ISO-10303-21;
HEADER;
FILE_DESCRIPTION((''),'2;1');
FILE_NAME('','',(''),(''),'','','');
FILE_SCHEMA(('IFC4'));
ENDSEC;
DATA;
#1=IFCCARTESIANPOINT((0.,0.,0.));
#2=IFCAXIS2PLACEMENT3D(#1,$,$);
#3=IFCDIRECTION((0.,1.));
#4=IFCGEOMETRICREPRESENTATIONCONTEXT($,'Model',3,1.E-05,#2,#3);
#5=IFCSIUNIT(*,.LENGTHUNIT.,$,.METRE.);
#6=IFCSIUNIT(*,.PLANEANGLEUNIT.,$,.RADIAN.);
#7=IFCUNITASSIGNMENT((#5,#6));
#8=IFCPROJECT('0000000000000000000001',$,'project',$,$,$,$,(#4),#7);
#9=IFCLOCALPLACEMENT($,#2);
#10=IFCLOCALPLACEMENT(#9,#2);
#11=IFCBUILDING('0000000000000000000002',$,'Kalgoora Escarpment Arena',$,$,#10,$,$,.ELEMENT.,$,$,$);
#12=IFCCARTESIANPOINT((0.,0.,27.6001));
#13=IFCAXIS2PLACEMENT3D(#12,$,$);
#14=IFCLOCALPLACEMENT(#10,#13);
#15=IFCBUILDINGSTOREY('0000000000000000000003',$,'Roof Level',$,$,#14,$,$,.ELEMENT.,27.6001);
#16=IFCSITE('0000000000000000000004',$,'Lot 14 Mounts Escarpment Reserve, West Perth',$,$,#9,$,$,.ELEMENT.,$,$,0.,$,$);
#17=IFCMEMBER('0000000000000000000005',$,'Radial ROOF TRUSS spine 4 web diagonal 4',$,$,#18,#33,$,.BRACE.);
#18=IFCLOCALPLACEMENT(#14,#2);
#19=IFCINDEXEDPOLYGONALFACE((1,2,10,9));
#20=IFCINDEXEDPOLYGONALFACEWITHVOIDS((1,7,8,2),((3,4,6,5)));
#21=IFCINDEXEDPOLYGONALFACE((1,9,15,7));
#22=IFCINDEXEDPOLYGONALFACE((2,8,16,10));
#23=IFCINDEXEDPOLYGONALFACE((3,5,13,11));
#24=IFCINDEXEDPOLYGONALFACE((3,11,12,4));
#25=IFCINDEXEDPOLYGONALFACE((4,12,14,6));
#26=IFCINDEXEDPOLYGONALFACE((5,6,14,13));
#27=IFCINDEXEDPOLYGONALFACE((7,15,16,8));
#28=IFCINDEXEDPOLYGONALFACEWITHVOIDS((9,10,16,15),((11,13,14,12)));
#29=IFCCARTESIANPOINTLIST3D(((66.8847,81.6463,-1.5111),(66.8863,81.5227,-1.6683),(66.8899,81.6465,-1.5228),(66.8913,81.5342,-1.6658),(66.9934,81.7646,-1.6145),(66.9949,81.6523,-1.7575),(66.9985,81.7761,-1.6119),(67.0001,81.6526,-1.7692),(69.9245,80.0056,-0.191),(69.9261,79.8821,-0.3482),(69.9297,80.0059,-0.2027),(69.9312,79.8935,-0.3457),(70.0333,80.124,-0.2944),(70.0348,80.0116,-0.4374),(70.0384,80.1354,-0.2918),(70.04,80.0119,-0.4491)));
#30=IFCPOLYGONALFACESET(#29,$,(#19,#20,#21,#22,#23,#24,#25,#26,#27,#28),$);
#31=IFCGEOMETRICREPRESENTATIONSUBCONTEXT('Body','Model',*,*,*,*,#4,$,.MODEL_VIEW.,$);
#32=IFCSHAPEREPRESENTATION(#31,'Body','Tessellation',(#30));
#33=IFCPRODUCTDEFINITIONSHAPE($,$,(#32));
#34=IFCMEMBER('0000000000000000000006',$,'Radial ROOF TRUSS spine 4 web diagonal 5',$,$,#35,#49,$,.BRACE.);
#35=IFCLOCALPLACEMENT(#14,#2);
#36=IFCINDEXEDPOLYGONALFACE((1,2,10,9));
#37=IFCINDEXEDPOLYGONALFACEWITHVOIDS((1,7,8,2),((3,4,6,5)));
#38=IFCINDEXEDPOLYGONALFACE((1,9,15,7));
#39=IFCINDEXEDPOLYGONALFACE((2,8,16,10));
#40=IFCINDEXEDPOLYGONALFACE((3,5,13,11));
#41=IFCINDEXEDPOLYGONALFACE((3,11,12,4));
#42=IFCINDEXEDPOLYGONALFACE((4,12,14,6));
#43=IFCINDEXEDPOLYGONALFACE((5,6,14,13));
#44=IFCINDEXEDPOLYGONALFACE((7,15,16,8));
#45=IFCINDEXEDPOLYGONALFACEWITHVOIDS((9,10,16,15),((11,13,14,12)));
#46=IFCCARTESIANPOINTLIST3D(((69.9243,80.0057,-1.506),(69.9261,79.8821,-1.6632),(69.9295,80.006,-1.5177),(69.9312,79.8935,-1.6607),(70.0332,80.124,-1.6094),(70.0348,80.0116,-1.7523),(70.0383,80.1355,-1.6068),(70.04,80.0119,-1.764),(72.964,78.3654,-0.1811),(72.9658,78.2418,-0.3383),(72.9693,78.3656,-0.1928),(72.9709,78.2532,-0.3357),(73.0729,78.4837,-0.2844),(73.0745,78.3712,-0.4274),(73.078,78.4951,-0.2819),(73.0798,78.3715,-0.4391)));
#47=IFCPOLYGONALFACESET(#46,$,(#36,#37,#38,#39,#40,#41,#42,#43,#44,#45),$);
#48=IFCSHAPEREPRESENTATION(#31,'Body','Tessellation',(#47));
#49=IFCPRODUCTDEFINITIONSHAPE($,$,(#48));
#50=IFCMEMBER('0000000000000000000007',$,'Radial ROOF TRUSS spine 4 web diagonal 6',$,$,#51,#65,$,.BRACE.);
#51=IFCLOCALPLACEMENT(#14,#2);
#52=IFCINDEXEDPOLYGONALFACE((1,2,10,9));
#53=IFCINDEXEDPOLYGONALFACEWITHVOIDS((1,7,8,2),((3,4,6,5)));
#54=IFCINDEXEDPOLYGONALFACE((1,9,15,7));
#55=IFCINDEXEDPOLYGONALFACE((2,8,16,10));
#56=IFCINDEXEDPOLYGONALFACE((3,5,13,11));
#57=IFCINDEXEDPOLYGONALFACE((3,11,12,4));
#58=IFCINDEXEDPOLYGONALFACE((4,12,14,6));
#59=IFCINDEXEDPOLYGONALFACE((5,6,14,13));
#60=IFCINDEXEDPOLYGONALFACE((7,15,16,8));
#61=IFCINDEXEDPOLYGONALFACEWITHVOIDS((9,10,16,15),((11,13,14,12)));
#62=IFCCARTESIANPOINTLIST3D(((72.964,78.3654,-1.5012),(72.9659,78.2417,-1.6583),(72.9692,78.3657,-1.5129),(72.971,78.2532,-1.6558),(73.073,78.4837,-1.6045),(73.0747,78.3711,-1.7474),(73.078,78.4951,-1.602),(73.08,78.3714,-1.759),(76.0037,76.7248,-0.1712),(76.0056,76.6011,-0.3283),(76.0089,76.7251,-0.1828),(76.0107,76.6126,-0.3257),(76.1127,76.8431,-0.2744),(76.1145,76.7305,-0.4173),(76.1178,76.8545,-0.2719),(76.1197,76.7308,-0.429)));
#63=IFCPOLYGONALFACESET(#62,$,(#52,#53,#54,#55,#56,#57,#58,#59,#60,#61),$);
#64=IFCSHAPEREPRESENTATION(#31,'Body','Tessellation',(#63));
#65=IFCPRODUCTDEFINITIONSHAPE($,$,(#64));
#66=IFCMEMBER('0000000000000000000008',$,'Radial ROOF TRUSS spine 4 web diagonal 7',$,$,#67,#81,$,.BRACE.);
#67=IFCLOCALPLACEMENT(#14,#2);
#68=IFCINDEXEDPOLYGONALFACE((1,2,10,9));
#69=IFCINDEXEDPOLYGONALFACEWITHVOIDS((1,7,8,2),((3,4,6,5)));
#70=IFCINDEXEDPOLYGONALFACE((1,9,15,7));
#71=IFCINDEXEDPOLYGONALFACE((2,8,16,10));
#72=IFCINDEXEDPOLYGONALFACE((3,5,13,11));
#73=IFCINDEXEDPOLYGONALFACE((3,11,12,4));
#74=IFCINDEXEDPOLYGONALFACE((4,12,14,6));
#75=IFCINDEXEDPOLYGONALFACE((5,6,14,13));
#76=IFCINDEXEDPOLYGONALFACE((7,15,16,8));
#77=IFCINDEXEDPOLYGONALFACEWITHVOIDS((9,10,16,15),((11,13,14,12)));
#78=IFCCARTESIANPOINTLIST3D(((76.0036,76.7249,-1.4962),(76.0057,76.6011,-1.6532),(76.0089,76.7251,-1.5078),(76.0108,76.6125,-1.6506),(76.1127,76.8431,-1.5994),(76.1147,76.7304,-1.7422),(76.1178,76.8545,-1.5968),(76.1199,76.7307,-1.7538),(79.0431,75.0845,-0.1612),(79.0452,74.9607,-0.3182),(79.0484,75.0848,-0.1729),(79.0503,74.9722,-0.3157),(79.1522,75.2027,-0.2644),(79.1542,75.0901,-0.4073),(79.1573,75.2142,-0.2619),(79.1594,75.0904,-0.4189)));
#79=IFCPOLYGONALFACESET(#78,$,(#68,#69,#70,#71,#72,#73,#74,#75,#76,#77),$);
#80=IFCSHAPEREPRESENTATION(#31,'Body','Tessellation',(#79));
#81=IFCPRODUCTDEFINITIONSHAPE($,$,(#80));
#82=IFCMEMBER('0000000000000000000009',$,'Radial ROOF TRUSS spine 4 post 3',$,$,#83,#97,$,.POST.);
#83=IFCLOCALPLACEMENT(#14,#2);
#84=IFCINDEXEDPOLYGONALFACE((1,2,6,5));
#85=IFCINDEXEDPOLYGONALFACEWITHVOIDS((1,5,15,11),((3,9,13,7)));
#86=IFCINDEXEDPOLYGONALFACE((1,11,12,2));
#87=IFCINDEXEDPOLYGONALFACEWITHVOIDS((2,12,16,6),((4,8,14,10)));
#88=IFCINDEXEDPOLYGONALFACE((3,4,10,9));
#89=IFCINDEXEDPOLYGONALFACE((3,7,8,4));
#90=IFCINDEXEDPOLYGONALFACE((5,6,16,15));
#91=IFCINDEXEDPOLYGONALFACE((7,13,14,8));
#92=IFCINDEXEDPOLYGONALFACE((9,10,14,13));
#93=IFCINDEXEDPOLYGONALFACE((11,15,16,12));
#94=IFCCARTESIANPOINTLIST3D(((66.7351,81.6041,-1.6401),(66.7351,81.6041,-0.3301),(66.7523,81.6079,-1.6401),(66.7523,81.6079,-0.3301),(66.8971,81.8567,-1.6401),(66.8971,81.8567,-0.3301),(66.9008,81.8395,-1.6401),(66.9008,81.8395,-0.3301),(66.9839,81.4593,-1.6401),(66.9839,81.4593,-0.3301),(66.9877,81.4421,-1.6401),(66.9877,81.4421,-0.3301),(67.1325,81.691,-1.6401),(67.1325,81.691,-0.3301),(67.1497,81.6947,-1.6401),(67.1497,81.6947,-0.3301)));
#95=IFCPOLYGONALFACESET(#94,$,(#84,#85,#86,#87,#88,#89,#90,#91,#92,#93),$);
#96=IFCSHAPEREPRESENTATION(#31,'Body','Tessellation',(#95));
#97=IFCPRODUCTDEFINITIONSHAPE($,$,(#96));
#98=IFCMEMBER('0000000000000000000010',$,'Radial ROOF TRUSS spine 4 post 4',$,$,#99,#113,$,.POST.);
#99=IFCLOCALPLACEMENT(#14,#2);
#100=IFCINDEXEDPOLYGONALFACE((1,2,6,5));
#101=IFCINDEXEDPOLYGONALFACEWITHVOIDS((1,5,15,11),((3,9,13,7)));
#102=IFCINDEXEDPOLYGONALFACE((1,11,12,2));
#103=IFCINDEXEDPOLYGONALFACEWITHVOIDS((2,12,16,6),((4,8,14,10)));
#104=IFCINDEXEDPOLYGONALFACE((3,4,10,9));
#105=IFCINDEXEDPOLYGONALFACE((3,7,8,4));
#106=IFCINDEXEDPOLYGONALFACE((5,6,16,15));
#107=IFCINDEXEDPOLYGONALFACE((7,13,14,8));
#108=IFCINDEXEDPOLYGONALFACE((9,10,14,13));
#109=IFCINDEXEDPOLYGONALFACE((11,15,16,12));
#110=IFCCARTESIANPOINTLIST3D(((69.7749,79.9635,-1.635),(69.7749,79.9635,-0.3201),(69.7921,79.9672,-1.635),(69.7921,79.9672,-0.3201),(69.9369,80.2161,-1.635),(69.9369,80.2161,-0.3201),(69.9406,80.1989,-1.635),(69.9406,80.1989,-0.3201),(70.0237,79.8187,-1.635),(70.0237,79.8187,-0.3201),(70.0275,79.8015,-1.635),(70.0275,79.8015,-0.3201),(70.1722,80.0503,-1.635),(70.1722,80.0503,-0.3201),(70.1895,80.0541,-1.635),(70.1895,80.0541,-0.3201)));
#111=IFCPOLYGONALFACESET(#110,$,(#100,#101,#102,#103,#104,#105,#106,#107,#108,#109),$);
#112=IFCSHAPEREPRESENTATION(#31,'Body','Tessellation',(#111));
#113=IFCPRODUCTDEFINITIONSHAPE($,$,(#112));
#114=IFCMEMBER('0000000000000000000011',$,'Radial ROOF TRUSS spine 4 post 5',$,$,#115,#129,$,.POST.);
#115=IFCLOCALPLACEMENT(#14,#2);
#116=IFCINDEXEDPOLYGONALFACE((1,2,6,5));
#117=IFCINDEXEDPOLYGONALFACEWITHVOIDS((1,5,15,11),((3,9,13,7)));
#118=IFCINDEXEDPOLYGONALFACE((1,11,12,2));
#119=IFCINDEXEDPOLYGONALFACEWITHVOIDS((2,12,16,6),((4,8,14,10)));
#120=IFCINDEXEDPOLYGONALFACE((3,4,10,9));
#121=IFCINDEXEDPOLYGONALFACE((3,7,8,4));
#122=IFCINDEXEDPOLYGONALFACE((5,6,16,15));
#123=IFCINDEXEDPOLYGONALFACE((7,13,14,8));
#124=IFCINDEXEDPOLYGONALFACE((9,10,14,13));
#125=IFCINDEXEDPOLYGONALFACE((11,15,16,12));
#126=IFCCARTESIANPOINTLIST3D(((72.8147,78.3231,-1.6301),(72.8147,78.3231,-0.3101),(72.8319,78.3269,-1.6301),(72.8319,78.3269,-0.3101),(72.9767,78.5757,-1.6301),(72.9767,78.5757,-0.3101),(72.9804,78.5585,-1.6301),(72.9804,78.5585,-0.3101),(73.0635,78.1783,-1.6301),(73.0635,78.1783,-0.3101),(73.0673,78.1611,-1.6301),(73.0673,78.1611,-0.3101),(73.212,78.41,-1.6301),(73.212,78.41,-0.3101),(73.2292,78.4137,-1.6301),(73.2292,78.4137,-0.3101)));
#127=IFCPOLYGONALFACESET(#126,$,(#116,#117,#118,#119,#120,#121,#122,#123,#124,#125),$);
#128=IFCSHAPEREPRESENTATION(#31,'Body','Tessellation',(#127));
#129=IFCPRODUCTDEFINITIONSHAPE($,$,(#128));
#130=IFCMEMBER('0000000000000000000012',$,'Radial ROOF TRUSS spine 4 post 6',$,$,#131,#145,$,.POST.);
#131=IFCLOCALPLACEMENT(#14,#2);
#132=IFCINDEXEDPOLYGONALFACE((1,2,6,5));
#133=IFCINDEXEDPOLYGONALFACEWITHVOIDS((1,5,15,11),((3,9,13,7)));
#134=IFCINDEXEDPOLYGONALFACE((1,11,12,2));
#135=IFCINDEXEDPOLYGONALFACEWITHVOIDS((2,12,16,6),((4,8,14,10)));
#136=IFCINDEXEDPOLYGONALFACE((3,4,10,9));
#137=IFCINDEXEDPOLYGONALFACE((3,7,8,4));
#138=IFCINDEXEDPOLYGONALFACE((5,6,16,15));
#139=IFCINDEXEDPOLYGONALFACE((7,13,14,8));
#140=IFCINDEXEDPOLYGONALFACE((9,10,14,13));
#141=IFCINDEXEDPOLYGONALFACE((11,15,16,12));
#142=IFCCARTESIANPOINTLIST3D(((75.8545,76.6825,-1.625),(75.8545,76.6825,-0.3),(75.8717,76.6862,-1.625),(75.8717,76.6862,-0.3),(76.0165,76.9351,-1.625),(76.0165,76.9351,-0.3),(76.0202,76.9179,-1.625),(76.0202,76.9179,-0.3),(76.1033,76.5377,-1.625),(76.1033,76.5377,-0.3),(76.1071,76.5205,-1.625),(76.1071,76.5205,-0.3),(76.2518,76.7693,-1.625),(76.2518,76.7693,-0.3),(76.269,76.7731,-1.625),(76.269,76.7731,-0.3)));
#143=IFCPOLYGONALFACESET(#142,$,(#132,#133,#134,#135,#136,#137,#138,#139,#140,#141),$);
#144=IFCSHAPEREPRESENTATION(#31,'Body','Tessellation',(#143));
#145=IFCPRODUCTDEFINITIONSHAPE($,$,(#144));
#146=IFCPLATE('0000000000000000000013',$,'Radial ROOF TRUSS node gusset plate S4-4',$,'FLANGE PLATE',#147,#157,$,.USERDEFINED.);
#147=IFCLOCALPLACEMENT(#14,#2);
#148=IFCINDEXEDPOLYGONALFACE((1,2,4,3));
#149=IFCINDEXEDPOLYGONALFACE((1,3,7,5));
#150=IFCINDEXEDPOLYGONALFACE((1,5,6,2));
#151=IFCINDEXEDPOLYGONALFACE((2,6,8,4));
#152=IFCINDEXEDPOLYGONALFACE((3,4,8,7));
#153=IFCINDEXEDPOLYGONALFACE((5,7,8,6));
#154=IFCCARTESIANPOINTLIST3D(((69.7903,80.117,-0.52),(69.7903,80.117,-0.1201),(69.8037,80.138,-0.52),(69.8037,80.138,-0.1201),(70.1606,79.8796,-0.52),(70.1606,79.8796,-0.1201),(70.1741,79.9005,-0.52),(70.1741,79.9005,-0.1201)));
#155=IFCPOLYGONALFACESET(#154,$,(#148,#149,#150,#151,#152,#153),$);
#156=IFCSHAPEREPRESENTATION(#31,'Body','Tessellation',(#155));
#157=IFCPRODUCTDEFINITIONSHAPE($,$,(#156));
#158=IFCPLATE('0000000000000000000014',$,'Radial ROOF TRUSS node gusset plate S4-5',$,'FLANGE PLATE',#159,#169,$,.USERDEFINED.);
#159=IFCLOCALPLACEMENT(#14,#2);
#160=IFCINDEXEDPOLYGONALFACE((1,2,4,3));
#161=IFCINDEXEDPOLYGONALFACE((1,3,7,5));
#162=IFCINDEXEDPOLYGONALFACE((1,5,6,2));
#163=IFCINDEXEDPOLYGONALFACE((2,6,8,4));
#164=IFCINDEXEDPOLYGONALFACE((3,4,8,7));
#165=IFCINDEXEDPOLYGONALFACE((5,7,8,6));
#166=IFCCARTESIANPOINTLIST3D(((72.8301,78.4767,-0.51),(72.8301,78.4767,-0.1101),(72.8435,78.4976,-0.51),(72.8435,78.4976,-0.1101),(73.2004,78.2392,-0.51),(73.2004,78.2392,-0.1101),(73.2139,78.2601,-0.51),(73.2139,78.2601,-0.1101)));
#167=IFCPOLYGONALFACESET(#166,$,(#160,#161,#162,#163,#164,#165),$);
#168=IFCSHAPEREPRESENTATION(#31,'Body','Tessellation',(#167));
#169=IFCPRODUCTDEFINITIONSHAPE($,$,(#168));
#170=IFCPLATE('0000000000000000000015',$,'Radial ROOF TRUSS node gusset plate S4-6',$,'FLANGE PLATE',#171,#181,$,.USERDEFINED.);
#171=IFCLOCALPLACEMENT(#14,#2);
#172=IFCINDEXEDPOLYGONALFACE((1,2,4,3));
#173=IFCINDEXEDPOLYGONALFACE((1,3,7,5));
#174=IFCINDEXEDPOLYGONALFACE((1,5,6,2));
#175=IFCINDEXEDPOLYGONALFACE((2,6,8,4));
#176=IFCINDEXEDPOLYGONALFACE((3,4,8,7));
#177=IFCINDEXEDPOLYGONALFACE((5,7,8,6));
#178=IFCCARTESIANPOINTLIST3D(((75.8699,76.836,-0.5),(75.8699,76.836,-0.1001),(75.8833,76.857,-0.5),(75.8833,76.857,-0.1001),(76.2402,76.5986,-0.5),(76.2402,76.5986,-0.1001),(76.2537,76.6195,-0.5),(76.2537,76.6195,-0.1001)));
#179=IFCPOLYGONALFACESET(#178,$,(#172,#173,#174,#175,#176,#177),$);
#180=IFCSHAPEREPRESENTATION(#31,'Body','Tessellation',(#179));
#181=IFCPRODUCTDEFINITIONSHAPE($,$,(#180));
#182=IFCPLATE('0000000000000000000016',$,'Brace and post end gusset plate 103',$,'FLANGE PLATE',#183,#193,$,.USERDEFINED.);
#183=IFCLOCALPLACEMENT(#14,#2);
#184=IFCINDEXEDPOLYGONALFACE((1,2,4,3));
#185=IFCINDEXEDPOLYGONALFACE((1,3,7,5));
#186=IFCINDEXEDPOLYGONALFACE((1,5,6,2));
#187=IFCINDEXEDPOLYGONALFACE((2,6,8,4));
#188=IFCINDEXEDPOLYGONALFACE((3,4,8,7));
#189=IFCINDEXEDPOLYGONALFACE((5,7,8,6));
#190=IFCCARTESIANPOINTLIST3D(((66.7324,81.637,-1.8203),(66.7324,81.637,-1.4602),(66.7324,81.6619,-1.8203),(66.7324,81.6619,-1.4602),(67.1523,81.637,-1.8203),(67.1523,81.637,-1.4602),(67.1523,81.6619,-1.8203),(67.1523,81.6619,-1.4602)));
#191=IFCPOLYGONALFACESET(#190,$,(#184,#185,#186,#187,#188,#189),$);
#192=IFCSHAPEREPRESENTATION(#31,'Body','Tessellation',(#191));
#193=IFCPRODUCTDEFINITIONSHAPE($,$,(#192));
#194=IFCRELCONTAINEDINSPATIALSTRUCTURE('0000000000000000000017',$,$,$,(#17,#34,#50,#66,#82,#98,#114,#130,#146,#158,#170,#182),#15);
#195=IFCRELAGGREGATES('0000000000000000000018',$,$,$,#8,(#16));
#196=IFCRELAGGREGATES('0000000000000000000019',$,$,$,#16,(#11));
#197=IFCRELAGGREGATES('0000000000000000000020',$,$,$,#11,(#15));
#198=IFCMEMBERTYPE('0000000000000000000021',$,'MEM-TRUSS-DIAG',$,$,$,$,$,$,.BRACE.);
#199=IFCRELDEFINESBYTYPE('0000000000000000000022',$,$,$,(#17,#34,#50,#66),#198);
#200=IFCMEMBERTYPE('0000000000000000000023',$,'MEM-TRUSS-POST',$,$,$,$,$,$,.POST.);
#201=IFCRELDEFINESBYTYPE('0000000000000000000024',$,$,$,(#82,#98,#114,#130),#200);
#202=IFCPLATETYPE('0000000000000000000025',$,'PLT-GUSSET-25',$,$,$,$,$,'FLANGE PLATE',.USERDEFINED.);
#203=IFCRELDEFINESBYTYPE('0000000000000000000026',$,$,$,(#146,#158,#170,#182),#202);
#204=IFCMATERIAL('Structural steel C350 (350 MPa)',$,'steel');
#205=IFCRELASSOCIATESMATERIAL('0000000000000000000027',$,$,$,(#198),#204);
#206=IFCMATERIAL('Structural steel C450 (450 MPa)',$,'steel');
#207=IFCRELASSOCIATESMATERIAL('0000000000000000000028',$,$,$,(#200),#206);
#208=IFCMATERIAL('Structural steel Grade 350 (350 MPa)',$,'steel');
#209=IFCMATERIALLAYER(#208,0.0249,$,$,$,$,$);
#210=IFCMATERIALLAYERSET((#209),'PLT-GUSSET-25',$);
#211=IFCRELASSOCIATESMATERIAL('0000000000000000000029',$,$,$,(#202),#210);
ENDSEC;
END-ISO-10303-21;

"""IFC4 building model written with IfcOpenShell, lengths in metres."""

from ifc_helpers import new_model, si_unit, direction, frame, origin, origin_2d, place, context, subcontext, project, spatial, rectangle, hollow_rectangle, extrude, material, layer, layer_set, material_profile, profile_set, type_object, element, save


model = new_model("IFC4")

# Units and contexts
model_context = context("Model", 3, precision=1e-05, world=origin(), true_north=direction((0.0, 1.0)))
body_context = subcontext(model_context, "Body", "Model", "MODEL_VIEW")
ifc_project = project(units=[si_unit("LENGTHUNIT", "METRE"), si_unit("PLANEANGLEUNIT", "RADIAN")], contexts=[model_context])

# Site, building, storey
site_placement = place(None, origin())
site = spatial("IfcSite", under=ifc_project, at=site_placement, Name="Lot 14 Mounts Escarpment Reserve, West Perth", CompositionType="ELEMENT", RefElevation=0.0)
building_placement = place(site_placement, origin())
building = spatial("IfcBuilding", under=site, at=building_placement, Name="Kalgoora Escarpment Arena", CompositionType="ELEMENT")
storey_placement = place(building_placement, frame((0.0, 0.0, 27.6001)))
storey = spatial("IfcBuildingStorey", under=building, at=storey_placement, Name="Roof Level", CompositionType="ELEMENT", Elevation=27.6001)

# Members
ifc_material_1 = material(Name="Structural steel C350 (350 MPa)", Category="steel")
ifc_material_profile_1 = material_profile(ifc_material_1, hollow_rectangle(XDim=0.2, YDim=0.2, WallThickness=0.009, at=origin_2d()))
ifc_profile_set_1 = profile_set([ifc_material_profile_1], Name="Structural steel C350 (350 MPa)")
member_type_1 = type_object("IfcMemberType", Name="MEM-TRUSS-DIAG", PredefinedType="BRACE", material=ifc_profile_set_1)
member_1_placement = place(storey_placement, frame((66.9424, 81.6494, -1.6401), z_axis=(0.822029, -0.443662, 0.356976), x_axis=(0.569388, 0.649265, -0.504234)))
element("IfcMember", 1, at=member_1_placement, inside=storey, type_object=member_type_1, Name="Radial ROOF TRUSS spine 4 web diagonal 4", PredefinedType="BRACE", context=body_context, shape_type="SweptSolid", body=[
    extrude(hollow_rectangle(XDim=0.2, YDim=0.2, WallThickness=0.009, at=origin_2d()), origin(), (0.0, 0.0, 1.0), 3.698),
])
member_2_placement = place(storey_placement, frame((69.9822, 80.0088, -1.635), z_axis=(0.821665, -0.4434, 0.358138), x_axis=(0.5699, 0.649002, -0.503994)))
element("IfcMember", 2, at=member_2_placement, inside=storey, type_object=member_type_1, Name="Radial ROOF TRUSS spine 4 web diagonal 5", PredefinedType="BRACE", context=body_context, shape_type="SweptSolid", body=[
    extrude(hollow_rectangle(XDim=0.2, YDim=0.2, WallThickness=0.009, at=origin_2d()), origin(), (0.0, 0.0, 1.0), 3.6995),
])
member_3_placement = place(storey_placement, frame((73.022, 78.3684, -1.6301), z_axis=(0.821233, -0.443232, 0.359335), x_axis=(0.570509, 0.64866, -0.503746)))
element("IfcMember", 3, at=member_3_placement, inside=storey, type_object=member_type_1, Name="Radial ROOF TRUSS spine 4 web diagonal 6", PredefinedType="BRACE", context=body_context, shape_type="SweptSolid", body=[
    extrude(hollow_rectangle(XDim=0.2, YDim=0.2, WallThickness=0.009, at=origin_2d()), origin(), (0.0, 0.0, 1.0), 3.7014),
])
member_4_placement = place(storey_placement, frame((76.0618, 76.7278, -1.625), z_axis=(0.820846, -0.442993, 0.360513), x_axis=(0.57105, 0.648375, -0.5035)))
element("IfcMember", 4, at=member_4_placement, inside=storey, type_object=member_type_1, Name="Radial ROOF TRUSS spine 4 web diagonal 7", PredefinedType="BRACE", context=body_context, shape_type="SweptSolid", body=[
    extrude(hollow_rectangle(XDim=0.2, YDim=0.2, WallThickness=0.009, at=origin_2d()), origin(), (0.0, 0.0, 1.0), 3.7029),
])
ifc_material_2 = material(Name="Structural steel C450 (450 MPa)", Category="steel")
ifc_material_profile_2 = material_profile(ifc_material_2, hollow_rectangle(XDim=0.3, YDim=0.3, WallThickness=0.0125, at=origin_2d()))
ifc_profile_set_2 = profile_set([ifc_material_profile_2], Name="Structural steel C450 (450 MPa)")
member_type_2 = type_object("IfcMemberType", Name="MEM-TRUSS-POST", PredefinedType="POST", material=ifc_profile_set_2)
member_5_placement = place(storey_placement, frame((66.9424, 81.6494, -1.6401), z_axis=(0.0, 0.0, 1.0), x_axis=(0.841794, -0.5398, 0.0)))
element("IfcMember", 5, at=member_5_placement, inside=storey, type_object=member_type_2, Name="Radial ROOF TRUSS spine 4 post 3", PredefinedType="POST", context=body_context, shape_type="SweptSolid", body=[
    extrude(hollow_rectangle(XDim=0.3, YDim=0.3, WallThickness=0.0125, at=origin_2d()), origin(), (0.0, 0.0, 1.0), 1.3101),
])
member_6_placement = place(storey_placement, frame((69.9822, 80.0088, -1.635), z_axis=(0.0, 0.0, 1.0), x_axis=(0.841794, -0.5398, 0.0)))
element("IfcMember", 6, at=member_6_placement, inside=storey, type_object=member_type_2, Name="Radial ROOF TRUSS spine 4 post 4", PredefinedType="POST", context=body_context, shape_type="SweptSolid", body=[
    extrude(hollow_rectangle(XDim=0.3, YDim=0.3, WallThickness=0.0125, at=origin_2d()), origin(), (0.0, 0.0, 1.0), 1.3149),
])
member_7_placement = place(storey_placement, frame((73.022, 78.3684, -1.6301), z_axis=(0.0, 0.0, 1.0), x_axis=(0.841794, -0.5398, 0.0)))
element("IfcMember", 7, at=member_7_placement, inside=storey, type_object=member_type_2, Name="Radial ROOF TRUSS spine 4 post 5", PredefinedType="POST", context=body_context, shape_type="SweptSolid", body=[
    extrude(hollow_rectangle(XDim=0.3, YDim=0.3, WallThickness=0.0125, at=origin_2d()), origin(), (0.0, 0.0, 1.0), 1.3201),
])
member_8_placement = place(storey_placement, frame((76.0618, 76.7278, -1.625), z_axis=(0.0, 0.0, 1.0), x_axis=(0.841794, -0.5398, 0.0)))
element("IfcMember", 8, at=member_8_placement, inside=storey, type_object=member_type_2, Name="Radial ROOF TRUSS spine 4 post 6", PredefinedType="POST", context=body_context, shape_type="SweptSolid", body=[
    extrude(hollow_rectangle(XDim=0.3, YDim=0.3, WallThickness=0.0125, at=origin_2d()), origin(), (0.0, 0.0, 1.0), 1.325),
])

# Plates
ifc_material_3 = material(Name="Structural steel Grade 350 (350 MPa)", Category="steel")
ifc_layer_1 = layer(ifc_material_3, 0.0249)
ifc_layer_set_1 = layer_set([ifc_layer_1], Name="PLT-GUSSET-25")
plate_type_1 = type_object("IfcPlateType", Name="PLT-GUSSET-25", ElementType="FLANGE PLATE", PredefinedType="USERDEFINED", material=ifc_layer_set_1)
for number, where, z_axis, x_axis, name in (
    (9, (69.9822, 80.0088, -0.52), (0.0, 0.0, 1.0), (0.841794, -0.5398, 0.0), "Radial ROOF TRUSS node gusset plate S4-4"),
    (10, (73.022, 78.3684, -0.51), (0.0, 0.0, 1.0), (0.841794, -0.5398, 0.0), "Radial ROOF TRUSS node gusset plate S4-5"),
    (11, (76.0618, 76.7278, -0.5), (0.0, 0.0, 1.0), (0.841794, -0.5398, 0.0), "Radial ROOF TRUSS node gusset plate S4-6"),
):
    element("IfcPlate", number, at=place(storey_placement, frame(where, z_axis=z_axis, x_axis=x_axis)), inside=storey, type_object=plate_type_1, Name=name, ObjectType="FLANGE PLATE", PredefinedType="USERDEFINED", context=body_context, shape_type="SweptSolid", body=[
        extrude(rectangle(XDim=0.4399, YDim=0.0249, at=origin_2d()), origin(), (0.0, 0.0, 1.0), 0.3999),
    ])
for number, where, z_axis, x_axis, name in (
    (12, (66.9424, 81.6494, -1.8203), (0.0, 0.0, 1.0), (1.0, 0.0, 0.0), "Brace and post end gusset plate 103"),
):
    element("IfcPlate", number, at=place(storey_placement, frame(where, z_axis=z_axis, x_axis=x_axis)), inside=storey, type_object=plate_type_1, Name=name, ObjectType="FLANGE PLATE", PredefinedType="USERDEFINED", context=body_context, shape_type="SweptSolid", body=[
        extrude(rectangle(XDim=0.4199, YDim=0.0249, at=origin_2d()), origin(), (0.0, 0.0, 1.0), 0.3601),
    ])

save(model, "model.ifc")
